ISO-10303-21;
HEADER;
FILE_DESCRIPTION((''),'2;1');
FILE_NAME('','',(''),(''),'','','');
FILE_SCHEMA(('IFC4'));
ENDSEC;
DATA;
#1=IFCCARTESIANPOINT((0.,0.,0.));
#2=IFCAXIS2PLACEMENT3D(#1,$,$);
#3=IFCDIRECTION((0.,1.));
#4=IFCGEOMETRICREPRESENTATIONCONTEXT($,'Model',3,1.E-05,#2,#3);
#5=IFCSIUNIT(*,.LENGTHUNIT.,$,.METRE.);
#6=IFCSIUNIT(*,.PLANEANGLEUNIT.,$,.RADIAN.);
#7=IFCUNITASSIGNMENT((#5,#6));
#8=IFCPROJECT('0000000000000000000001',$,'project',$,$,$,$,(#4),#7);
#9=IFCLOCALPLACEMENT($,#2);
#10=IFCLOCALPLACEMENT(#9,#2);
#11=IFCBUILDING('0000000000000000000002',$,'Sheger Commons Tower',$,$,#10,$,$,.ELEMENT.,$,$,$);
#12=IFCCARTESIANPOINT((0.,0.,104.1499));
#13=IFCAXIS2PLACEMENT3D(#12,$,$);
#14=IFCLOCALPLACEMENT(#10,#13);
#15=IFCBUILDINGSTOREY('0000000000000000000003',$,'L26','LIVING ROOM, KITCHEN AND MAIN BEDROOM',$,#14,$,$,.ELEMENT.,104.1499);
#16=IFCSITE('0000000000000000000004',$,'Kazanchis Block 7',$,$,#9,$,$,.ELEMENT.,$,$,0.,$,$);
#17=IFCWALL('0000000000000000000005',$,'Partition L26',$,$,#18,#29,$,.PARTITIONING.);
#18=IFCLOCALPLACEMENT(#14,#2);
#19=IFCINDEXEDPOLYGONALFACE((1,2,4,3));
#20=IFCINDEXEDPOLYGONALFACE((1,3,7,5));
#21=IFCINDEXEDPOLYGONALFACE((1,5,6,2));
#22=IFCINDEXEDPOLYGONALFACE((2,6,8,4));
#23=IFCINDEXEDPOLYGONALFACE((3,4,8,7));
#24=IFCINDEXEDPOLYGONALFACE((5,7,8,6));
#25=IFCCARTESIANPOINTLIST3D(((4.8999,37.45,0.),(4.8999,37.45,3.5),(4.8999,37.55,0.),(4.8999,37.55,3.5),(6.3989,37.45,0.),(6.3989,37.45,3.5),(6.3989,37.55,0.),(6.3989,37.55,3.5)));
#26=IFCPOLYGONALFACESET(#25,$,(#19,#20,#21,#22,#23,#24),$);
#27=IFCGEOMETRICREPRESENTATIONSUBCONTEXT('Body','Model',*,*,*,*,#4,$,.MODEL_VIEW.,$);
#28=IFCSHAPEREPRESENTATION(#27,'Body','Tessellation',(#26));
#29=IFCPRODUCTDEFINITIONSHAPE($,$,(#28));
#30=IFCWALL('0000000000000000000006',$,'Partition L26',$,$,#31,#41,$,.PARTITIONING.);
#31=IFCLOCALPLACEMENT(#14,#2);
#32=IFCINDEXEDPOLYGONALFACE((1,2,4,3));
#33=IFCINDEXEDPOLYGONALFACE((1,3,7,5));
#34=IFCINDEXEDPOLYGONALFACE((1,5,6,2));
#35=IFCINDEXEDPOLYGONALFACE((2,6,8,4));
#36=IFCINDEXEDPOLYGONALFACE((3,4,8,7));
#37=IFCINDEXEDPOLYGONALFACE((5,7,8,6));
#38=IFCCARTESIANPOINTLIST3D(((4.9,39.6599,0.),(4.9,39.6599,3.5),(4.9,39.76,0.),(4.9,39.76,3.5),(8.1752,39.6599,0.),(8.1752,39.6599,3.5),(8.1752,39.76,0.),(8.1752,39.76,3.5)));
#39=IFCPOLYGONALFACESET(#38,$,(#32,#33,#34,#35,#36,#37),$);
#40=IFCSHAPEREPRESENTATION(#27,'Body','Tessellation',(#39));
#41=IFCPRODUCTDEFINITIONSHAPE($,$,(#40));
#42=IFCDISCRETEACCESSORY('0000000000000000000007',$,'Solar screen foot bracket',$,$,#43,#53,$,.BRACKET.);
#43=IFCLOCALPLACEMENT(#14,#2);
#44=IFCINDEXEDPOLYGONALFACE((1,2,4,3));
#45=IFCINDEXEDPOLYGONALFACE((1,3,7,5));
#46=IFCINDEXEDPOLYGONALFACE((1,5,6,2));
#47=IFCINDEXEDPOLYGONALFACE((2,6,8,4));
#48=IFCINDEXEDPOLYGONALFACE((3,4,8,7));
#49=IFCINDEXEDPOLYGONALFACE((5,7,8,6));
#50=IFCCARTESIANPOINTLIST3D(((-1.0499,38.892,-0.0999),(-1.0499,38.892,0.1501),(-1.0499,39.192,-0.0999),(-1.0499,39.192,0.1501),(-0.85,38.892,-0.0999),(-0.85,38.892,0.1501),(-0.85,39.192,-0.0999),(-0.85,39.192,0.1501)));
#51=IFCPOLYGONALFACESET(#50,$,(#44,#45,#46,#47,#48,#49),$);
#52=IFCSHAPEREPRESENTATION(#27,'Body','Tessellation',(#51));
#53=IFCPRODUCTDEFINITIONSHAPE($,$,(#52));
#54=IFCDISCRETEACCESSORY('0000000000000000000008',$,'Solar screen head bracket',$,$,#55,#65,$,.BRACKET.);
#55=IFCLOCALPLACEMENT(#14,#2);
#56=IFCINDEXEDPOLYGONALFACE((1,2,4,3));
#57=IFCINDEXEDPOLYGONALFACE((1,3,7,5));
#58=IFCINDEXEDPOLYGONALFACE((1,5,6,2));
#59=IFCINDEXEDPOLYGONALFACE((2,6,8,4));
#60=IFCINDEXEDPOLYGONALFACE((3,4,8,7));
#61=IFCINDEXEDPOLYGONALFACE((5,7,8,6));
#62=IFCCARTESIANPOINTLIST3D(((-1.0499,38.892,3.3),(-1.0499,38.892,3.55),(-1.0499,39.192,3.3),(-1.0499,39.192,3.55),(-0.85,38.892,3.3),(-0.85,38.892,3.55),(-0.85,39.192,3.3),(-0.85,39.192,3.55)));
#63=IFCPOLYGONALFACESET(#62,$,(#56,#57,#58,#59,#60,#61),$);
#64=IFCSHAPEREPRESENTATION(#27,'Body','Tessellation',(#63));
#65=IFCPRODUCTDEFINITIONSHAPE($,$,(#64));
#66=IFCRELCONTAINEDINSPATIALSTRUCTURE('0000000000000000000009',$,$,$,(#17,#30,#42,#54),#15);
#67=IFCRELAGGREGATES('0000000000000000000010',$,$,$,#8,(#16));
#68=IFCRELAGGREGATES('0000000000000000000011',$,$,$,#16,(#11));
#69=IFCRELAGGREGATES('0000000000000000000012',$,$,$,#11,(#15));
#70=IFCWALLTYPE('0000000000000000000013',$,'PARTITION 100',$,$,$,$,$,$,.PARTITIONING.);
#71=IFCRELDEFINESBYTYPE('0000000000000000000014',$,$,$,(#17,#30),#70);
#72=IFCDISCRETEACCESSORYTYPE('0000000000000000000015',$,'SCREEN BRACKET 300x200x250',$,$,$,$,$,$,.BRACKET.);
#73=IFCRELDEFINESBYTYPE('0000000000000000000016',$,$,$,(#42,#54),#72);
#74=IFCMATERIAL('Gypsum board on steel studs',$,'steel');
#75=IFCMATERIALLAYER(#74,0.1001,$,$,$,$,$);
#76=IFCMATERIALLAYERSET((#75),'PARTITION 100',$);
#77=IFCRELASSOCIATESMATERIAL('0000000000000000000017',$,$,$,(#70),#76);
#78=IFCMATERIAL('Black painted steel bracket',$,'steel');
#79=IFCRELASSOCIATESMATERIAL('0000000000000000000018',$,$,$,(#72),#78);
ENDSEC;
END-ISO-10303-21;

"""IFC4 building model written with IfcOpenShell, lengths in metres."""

from ifc_helpers import new_model, si_unit, direction, frame, frame_2d, origin, origin_2d, place, context, subcontext, project, spatial, rectangle, extrude, material, layer, layer_set, type_object, element, save


model = new_model("IFC4")

# Units and contexts
model_context = context("Model", 3, precision=1e-05, world=origin(), true_north=direction((0.0, 1.0)))
body_context = subcontext(model_context, "Body", "Model", "MODEL_VIEW")
ifc_project = project(units=[si_unit("LENGTHUNIT", "METRE"), si_unit("PLANEANGLEUNIT", "RADIAN")], contexts=[model_context])

# Site, building, storey
site_placement = place(None, origin())
site = spatial("IfcSite", under=ifc_project, at=site_placement, Name="Kazanchis Block 7", CompositionType="ELEMENT", RefElevation=0.0)
building_placement = place(site_placement, origin())
building = spatial("IfcBuilding", under=site, at=building_placement, Name="Sheger Commons Tower", CompositionType="ELEMENT")
storey_placement = place(building_placement, frame((0.0, 0.0, 104.1499)))
storey = spatial("IfcBuildingStorey", under=building, at=storey_placement, Name="L26", Description="LIVING ROOM, KITCHEN AND MAIN BEDROOM", CompositionType="ELEMENT", Elevation=104.1499)

# Shared definitions
ifc_material_1 = material(Name="Gypsum board on steel studs", Category="steel")
ifc_layer_1 = layer(ifc_material_1, 0.1001)
ifc_layer_set_1 = layer_set([ifc_layer_1], Name="PARTITION 100")
wall_type_1 = type_object("IfcWallType", Name="PARTITION 100", PredefinedType="PARTITIONING", material=ifc_layer_set_1)

# Walls
wall_1_placement = place(storey_placement, frame((4.8999, 37.5, 0.0), z_axis=(0.0, 0.0, 1.0), x_axis=(1.0, 0.0, 0.0)))
element("IfcWall", 1, at=wall_1_placement, inside=storey, type_object=wall_type_1, Name="Partition L26", PredefinedType="PARTITIONING", context=body_context, shape_type="SweptSolid", body=[
    extrude(rectangle(XDim=1.499, YDim=0.1001, at=frame_2d((0.7495, 0.0))), origin(), (0.0, 0.0, 1.0), 3.5),
])
wall_2_placement = place(storey_placement, frame((4.8999, 39.71, 0.0), z_axis=(0.0, 0.0, 1.0), x_axis=(1.0, 0.0, 0.0)))
element("IfcWall", 2, at=wall_2_placement, inside=storey, type_object=wall_type_1, Name="Partition L26", PredefinedType="PARTITIONING", context=body_context, shape_type="SweptSolid", body=[
    extrude(rectangle(XDim=3.2751, YDim=0.1001, at=frame_2d((1.6377, 0.0))), origin(), (0.0, 0.0, 1.0), 3.5),
])

# Discrete accessories
ifc_material_2 = material(Name="Black painted steel bracket", Category="steel")
discrete_accessory_type = type_object("IfcDiscreteAccessoryType", Name="SCREEN BRACKET 300x200x250", PredefinedType="BRACKET", material=ifc_material_2)
for number, where, z_axis, x_axis, name in (
    (3, (-0.95, 39.042, -0.0999), (0.0, 0.0, 1.0), (0.0, -1.0, 0.0), "Solar screen foot bracket"),
    (4, (-0.95, 39.042, 3.3), (0.0, 0.0, 1.0), (0.0, -1.0, 0.0), "Solar screen head bracket"),
):
    element("IfcDiscreteAccessory", number, at=place(storey_placement, frame(where, z_axis=z_axis, x_axis=x_axis)), inside=storey, type_object=discrete_accessory_type, Name=name, PredefinedType="BRACKET", context=body_context, shape_type="SweptSolid", body=[
        extrude(rectangle(XDim=0.3, YDim=0.2, at=origin_2d()), origin(), (0.0, 0.0, 1.0), 0.25),
    ])

save(model, "model.ifc")
